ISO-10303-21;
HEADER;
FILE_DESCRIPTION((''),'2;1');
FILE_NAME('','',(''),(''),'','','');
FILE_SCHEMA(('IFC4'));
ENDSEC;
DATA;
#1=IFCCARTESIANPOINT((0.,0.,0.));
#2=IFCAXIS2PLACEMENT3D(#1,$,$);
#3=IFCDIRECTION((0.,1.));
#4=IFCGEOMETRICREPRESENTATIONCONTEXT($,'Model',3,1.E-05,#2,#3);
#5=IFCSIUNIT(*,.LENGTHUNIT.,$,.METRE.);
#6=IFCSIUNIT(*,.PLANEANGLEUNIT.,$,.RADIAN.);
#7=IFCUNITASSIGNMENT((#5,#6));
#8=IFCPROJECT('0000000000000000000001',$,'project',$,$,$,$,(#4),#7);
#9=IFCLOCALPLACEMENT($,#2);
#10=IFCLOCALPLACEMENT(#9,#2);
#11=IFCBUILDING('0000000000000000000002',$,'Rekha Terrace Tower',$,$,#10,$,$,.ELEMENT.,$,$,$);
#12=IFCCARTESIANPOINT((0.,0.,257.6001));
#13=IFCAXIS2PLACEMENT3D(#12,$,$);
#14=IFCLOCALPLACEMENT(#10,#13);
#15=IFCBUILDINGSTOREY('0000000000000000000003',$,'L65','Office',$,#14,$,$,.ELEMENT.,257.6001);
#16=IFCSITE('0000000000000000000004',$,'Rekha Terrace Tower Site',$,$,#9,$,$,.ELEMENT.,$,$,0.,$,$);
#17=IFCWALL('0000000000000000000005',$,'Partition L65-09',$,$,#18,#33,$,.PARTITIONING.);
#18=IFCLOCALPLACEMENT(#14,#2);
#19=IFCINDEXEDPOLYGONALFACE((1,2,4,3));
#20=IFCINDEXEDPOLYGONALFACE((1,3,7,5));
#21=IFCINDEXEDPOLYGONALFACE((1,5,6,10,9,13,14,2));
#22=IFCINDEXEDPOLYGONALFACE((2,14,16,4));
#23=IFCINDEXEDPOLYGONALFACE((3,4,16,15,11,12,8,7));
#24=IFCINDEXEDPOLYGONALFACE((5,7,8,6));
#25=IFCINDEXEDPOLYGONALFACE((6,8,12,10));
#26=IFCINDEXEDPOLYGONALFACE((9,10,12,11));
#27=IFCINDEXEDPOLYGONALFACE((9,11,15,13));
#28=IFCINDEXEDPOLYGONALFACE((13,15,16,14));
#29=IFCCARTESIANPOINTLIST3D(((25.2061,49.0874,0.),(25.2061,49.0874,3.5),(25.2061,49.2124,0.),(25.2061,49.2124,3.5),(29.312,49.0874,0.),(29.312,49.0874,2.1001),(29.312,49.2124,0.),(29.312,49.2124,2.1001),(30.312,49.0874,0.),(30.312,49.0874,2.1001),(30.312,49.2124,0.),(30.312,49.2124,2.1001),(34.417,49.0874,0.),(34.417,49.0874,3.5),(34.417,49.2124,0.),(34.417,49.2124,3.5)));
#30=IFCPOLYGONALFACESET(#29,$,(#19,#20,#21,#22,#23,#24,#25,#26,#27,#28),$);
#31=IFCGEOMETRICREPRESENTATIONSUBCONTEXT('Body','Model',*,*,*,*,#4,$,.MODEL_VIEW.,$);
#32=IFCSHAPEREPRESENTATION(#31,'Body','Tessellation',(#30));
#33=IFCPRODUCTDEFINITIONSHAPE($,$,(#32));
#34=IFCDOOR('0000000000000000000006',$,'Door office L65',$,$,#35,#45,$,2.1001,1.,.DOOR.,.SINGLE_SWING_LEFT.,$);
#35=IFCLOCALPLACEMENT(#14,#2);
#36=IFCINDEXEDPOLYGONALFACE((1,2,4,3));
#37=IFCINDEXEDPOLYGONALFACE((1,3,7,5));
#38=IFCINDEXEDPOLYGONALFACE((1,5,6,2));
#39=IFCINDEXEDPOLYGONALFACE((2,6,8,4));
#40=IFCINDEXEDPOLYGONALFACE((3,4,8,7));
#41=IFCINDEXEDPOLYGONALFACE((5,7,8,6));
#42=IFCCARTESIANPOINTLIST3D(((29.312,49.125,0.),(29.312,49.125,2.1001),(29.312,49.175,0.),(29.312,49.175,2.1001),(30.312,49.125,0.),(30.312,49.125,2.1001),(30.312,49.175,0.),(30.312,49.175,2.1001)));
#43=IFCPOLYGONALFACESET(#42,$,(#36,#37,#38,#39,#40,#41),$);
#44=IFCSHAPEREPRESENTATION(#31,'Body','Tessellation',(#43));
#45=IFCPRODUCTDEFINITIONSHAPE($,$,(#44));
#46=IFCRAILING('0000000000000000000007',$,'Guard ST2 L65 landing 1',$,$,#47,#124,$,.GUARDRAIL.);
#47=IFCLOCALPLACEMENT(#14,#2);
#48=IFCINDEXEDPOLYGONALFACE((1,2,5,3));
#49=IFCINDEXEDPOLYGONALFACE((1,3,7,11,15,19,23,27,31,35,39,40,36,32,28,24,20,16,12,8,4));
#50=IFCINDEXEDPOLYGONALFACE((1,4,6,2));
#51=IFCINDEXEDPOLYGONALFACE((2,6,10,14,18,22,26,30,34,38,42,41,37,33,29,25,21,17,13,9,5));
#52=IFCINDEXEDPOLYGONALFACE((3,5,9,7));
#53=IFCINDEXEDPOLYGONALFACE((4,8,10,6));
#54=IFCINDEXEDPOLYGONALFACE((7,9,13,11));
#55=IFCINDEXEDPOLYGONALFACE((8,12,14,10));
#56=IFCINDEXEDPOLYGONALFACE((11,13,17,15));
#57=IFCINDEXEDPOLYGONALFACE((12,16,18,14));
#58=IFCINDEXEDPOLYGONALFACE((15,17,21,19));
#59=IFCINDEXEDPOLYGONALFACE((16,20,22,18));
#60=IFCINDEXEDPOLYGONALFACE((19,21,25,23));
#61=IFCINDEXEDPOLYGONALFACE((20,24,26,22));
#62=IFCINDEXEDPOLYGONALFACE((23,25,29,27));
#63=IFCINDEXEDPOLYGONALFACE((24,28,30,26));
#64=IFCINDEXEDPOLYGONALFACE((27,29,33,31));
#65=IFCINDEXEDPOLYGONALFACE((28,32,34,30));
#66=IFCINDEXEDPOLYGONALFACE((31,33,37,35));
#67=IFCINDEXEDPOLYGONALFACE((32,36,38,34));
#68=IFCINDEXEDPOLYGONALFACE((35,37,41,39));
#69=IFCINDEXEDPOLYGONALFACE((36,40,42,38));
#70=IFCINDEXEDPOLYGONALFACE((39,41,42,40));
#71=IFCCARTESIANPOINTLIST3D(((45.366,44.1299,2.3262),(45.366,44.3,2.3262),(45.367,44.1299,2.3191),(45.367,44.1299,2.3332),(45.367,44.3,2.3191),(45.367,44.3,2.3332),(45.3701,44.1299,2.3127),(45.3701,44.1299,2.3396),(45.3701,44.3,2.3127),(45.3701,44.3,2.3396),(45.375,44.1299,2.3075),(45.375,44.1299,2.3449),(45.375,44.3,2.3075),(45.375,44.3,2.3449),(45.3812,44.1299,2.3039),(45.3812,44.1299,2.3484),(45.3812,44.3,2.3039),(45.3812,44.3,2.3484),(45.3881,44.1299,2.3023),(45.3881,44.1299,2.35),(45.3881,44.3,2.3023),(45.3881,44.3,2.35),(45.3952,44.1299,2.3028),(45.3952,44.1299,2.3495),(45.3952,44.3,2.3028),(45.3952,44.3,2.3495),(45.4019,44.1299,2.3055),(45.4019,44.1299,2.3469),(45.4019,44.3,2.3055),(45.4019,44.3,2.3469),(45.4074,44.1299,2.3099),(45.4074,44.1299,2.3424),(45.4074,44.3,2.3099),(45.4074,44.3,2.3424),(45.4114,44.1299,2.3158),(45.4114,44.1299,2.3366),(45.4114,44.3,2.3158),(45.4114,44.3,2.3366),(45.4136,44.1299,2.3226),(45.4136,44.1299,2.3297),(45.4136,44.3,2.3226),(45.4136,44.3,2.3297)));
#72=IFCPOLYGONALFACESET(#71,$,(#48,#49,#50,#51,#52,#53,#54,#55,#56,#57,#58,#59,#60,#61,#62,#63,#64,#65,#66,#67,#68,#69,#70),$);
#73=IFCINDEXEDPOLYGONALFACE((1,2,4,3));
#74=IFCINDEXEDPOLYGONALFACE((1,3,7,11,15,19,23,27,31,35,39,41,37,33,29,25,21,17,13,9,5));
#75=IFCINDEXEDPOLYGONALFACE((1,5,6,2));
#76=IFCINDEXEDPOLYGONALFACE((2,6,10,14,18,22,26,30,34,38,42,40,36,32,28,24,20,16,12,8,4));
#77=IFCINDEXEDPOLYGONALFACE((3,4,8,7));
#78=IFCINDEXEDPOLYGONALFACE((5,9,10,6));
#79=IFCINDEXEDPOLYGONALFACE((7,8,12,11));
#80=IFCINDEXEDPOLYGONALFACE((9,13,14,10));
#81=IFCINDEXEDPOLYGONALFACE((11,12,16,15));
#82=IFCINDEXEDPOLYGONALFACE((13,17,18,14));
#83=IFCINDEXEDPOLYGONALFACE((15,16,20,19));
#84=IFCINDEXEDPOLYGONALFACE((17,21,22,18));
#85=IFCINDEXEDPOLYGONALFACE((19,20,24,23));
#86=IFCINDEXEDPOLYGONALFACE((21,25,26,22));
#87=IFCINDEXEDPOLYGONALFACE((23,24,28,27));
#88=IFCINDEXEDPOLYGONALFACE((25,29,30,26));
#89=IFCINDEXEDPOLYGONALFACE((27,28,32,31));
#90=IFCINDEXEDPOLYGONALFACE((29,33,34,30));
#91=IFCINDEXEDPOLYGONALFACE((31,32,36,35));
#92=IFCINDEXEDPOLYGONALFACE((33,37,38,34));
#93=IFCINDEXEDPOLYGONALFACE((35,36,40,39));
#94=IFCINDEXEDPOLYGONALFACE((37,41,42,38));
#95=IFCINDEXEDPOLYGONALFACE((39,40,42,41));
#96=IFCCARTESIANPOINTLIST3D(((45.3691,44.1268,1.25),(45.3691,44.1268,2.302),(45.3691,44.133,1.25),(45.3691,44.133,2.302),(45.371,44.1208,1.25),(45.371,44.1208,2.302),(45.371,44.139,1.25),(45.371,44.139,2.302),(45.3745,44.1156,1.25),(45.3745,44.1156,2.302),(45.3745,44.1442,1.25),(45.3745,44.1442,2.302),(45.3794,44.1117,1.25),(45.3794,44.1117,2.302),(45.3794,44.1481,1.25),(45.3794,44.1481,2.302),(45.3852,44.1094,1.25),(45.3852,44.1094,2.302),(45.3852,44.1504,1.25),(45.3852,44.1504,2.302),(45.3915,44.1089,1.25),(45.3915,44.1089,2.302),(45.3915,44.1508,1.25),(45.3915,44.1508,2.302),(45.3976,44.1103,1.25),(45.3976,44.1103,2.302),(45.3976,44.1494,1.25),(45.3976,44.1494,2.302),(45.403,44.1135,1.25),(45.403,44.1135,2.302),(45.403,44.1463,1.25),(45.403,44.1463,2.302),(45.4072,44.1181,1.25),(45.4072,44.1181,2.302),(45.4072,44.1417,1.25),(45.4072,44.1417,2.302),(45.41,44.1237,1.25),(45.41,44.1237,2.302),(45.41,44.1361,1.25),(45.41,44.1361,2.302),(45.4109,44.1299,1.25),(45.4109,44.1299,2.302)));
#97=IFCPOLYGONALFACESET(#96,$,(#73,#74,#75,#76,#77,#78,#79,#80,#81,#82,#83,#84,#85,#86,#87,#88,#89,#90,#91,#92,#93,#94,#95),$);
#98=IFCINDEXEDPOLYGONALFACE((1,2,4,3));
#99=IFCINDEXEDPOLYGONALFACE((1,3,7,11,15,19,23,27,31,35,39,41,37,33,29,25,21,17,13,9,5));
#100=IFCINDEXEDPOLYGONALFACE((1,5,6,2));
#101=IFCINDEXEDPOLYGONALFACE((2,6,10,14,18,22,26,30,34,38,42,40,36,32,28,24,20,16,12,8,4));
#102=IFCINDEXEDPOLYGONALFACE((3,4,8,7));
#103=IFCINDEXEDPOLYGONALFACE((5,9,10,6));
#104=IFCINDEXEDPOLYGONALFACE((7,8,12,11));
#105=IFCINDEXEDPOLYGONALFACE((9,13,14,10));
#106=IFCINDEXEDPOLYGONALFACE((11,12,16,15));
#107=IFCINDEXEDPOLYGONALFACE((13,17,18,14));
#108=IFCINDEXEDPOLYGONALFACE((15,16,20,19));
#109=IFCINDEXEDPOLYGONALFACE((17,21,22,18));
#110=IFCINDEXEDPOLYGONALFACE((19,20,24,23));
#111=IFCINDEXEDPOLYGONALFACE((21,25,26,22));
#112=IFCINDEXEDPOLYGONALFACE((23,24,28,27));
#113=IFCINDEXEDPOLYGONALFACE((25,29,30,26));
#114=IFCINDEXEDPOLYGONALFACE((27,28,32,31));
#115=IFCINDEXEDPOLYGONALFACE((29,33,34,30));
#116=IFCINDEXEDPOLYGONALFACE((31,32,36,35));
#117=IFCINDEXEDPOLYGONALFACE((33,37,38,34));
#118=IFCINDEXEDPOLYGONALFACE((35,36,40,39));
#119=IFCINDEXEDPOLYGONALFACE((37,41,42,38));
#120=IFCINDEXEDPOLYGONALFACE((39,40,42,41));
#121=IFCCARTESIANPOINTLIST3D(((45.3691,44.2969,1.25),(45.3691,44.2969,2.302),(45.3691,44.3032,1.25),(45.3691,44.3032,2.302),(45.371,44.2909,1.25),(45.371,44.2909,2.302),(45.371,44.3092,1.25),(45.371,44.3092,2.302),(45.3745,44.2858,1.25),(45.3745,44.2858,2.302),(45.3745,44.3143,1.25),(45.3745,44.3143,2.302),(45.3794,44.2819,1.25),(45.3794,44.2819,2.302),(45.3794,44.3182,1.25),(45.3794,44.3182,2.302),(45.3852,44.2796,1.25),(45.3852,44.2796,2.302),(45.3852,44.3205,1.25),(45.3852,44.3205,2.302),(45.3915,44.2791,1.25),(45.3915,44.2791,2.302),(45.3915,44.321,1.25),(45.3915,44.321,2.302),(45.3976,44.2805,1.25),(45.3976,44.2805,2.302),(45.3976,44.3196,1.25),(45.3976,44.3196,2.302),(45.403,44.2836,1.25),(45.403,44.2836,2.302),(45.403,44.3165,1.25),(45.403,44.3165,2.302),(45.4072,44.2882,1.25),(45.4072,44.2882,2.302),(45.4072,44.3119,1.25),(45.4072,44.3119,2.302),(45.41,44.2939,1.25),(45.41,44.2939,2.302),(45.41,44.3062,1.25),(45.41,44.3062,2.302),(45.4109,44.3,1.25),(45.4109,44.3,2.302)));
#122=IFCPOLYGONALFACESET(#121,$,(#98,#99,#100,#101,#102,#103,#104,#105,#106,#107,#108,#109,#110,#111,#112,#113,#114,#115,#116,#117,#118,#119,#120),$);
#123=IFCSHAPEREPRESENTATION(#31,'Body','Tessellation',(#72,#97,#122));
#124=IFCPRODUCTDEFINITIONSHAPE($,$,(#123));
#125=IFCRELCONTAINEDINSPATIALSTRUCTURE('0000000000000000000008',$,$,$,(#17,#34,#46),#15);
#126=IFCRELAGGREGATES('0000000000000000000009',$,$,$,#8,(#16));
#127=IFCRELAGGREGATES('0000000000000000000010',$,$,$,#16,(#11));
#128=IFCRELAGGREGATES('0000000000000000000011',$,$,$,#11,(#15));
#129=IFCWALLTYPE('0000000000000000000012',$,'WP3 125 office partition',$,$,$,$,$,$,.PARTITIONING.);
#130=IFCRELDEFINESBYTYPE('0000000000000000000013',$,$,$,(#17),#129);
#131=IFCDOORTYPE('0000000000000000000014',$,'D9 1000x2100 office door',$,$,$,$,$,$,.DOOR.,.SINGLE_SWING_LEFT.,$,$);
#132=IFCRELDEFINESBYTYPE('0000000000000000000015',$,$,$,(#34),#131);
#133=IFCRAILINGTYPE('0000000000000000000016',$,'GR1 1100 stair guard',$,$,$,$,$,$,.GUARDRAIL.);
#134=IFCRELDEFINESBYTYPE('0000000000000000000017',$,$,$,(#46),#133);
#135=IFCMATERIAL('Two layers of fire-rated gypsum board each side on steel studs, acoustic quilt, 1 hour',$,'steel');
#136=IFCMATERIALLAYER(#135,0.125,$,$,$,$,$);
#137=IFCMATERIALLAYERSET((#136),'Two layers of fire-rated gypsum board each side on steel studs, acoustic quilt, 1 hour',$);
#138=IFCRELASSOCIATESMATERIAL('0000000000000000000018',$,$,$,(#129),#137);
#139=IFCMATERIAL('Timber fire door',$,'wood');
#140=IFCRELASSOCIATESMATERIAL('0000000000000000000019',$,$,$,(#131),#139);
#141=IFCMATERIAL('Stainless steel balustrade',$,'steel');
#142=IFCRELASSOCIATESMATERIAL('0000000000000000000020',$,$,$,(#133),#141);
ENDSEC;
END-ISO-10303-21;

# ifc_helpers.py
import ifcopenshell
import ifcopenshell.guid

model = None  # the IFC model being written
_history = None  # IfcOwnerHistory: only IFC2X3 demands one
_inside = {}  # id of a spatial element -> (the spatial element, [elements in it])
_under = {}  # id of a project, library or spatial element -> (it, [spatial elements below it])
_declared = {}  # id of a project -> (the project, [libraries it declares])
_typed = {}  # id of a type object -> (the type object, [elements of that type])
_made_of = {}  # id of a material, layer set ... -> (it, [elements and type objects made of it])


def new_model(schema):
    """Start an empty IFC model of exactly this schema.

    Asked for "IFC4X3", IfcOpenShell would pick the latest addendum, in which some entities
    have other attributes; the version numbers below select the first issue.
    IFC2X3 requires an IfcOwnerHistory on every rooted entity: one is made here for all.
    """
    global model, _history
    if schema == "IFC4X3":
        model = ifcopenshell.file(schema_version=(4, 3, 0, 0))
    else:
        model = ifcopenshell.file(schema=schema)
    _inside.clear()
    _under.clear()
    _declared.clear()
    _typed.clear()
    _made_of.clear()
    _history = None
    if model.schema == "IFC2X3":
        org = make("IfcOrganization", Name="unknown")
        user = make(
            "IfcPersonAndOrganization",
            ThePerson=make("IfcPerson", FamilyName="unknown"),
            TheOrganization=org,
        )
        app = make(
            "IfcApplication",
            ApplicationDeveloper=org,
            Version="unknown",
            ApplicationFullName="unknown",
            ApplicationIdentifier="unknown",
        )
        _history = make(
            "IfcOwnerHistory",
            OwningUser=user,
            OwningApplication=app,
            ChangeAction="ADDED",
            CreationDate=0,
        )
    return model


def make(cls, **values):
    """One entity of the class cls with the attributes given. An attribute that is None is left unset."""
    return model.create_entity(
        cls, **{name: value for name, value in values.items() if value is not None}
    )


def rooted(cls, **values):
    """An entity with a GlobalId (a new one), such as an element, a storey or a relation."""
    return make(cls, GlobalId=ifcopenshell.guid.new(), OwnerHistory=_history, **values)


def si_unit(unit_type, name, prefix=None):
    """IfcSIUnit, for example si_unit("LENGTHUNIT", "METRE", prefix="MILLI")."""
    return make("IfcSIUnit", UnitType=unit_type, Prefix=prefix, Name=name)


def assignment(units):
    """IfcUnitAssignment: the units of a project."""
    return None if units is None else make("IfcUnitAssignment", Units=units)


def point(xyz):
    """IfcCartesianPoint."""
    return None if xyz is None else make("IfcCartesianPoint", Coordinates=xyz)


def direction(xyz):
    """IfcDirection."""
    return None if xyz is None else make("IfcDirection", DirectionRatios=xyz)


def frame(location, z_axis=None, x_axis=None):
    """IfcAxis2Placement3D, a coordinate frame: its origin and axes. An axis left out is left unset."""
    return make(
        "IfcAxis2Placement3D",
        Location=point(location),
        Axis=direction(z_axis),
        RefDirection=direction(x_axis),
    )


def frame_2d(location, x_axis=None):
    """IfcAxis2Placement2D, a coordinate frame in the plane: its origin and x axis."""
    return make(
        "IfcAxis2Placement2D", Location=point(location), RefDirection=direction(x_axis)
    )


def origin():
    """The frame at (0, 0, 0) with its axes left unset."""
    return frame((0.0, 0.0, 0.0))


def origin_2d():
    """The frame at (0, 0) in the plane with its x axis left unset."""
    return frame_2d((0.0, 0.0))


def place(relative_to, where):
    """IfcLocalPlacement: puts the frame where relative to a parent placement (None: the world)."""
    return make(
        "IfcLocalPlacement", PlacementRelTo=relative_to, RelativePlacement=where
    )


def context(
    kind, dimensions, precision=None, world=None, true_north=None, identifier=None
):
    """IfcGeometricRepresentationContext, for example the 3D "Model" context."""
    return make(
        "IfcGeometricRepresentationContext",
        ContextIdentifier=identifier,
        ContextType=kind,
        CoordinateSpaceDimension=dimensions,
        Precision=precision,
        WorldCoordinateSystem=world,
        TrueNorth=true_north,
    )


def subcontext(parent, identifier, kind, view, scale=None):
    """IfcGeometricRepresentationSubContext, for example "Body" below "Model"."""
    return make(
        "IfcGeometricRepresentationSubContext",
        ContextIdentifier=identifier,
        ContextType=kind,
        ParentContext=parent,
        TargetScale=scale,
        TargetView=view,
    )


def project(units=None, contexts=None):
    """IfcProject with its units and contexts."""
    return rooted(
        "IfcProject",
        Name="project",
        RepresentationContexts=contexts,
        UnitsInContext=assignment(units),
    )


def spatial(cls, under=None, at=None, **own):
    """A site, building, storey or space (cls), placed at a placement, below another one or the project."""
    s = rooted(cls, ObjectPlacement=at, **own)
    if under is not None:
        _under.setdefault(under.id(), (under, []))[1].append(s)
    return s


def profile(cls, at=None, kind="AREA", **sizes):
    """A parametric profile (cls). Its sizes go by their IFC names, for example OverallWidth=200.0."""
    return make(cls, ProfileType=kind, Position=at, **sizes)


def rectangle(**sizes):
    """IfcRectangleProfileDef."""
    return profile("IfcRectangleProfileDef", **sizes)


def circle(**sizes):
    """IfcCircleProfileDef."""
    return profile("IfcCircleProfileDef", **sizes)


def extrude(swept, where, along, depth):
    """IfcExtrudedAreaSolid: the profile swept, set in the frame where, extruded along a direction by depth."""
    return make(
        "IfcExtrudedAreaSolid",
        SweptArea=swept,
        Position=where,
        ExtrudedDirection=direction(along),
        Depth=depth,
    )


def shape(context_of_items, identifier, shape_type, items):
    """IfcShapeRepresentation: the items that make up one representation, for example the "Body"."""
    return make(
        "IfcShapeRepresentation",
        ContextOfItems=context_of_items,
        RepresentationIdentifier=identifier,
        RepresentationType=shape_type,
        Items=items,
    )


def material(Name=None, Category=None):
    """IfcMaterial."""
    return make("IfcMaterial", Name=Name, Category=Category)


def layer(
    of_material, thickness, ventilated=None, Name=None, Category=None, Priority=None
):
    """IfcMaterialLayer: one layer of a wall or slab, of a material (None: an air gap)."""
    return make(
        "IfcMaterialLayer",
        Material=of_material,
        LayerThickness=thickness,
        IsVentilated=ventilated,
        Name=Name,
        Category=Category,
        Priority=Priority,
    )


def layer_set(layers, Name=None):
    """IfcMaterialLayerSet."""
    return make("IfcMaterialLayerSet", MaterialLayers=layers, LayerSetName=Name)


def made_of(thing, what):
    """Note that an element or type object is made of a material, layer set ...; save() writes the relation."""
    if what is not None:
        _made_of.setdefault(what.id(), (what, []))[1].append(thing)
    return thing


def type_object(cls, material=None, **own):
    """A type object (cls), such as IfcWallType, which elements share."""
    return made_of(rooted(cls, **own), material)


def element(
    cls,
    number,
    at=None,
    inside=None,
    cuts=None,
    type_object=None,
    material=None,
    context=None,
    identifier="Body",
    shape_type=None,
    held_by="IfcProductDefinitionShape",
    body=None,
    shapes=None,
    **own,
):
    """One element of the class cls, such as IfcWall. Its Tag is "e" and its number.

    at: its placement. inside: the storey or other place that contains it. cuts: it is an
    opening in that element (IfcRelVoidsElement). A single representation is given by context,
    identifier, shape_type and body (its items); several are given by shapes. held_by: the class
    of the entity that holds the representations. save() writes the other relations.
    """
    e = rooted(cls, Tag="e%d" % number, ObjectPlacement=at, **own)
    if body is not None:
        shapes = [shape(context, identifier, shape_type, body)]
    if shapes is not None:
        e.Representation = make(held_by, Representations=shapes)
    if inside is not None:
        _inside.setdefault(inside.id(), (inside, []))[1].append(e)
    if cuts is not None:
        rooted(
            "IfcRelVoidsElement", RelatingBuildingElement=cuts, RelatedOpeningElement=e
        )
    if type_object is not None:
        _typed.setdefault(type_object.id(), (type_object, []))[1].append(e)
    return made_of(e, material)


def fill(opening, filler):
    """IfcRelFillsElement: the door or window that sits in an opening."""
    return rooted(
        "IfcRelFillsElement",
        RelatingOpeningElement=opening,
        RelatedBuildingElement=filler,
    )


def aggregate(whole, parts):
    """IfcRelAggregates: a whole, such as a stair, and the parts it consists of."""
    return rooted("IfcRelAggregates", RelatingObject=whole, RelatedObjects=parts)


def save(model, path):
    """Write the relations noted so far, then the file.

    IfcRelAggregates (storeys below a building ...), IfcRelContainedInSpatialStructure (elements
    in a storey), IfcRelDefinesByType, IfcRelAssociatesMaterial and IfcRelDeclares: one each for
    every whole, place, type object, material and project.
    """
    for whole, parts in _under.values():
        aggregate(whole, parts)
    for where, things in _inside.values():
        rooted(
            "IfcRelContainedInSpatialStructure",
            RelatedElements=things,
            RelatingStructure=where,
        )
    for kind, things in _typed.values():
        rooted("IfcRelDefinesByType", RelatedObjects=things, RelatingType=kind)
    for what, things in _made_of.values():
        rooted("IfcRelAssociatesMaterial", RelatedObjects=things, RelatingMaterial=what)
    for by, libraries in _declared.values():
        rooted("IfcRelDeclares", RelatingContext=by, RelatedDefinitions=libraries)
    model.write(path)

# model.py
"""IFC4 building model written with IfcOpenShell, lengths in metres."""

from ifc_helpers import new_model, si_unit, direction, frame, frame_2d, origin, origin_2d, place, context, subcontext, project, spatial, rectangle, circle, extrude, material, layer, layer_set, type_object, element, fill, save


model = new_model("IFC4")

# Units and contexts
model_context = context("Model", 3, precision=1e-05, world=origin(), true_north=direction((0.0, 1.0)))
body_context = subcontext(model_context, "Body", "Model", "MODEL_VIEW")
ifc_project = project(units=[si_unit("LENGTHUNIT", "METRE"), si_unit("PLANEANGLEUNIT", "RADIAN")], contexts=[model_context])

# Site, building, storey
site_placement = place(None, origin())
site = spatial("IfcSite", under=ifc_project, at=site_placement, Name="Rekha Terrace Tower Site", CompositionType="ELEMENT", RefElevation=0.0)
building_placement = place(site_placement, origin())
building = spatial("IfcBuilding", under=site, at=building_placement, Name="Rekha Terrace Tower", CompositionType="ELEMENT")
storey_placement = place(building_placement, frame((0.0, 0.0, 257.6001)))
storey = spatial("IfcBuildingStorey", under=building, at=storey_placement, Name="L65", Description="Office", CompositionType="ELEMENT", Elevation=257.6001)

# Shared definitions
ifc_material_1 = material(Name="Two layers of fire-rated gypsum board each side on steel studs, acoustic quilt, 1 hour", Category="steel")
ifc_layer_1 = layer(ifc_material_1, 0.125)
ifc_layer_set_1 = layer_set([ifc_layer_1], Name="Two layers of fire-rated gypsum board each side on steel studs, acoustic quilt, 1 hour")
wall_type_1 = type_object("IfcWallType", Name="WP3 125 office partition", PredefinedType="PARTITIONING", material=ifc_layer_set_1)

# Shared definitions
ifc_material_2 = material(Name="Timber fire door", Category="wood")
door_type = type_object("IfcDoorType", Name="D9 1000x2100 office door", OperationType="SINGLE_SWING_LEFT", PredefinedType="DOOR", material=ifc_material_2)

# Wall, opening, door
wall_1_placement = place(storey_placement, frame((34.417, 49.1499, 0.0), z_axis=(0.0, 0.0, 1.0), x_axis=(-1.0, 0.0, 0.0)))
wall_1 = element("IfcWall", 1, at=wall_1_placement, inside=storey, type_object=wall_type_1, Name="Partition L65-09", PredefinedType="PARTITIONING", context=body_context, shape_type="SweptSolid", body=[
    extrude(rectangle(XDim=9.2109, YDim=0.125, at=frame_2d((4.6055, 0.0))), origin(), (0.0, 0.0, 1.0), 3.5),
])
opening_1_placement = place(wall_1_placement, frame((4.105, 0.0, 0.0)))
opening_1 = element("IfcOpeningElement", 2, at=opening_1_placement, cuts=wall_1, PredefinedType="OPENING", context=body_context, shape_type="SweptSolid", body=[
    extrude(rectangle(XDim=1.0, YDim=2.1001, at=frame_2d((0.5, 1.05))), frame((0.0, 0.0725, 0.0), z_axis=(0.0, -1.0, 0.0), x_axis=(1.0, 0.0, 0.0)), (0.0, 0.0, 1.0), 0.145),
])
door_1_placement = place(opening_1_placement, origin())
door_1 = element("IfcDoor", 3, at=door_1_placement, inside=storey, type_object=door_type, Name="Door office L65", OperationType="SINGLE_SWING_LEFT", OverallHeight=2.1001, OverallWidth=1.0, PredefinedType="DOOR", context=body_context, shape_type="SweptSolid", body=[
    extrude(rectangle(XDim=1.0, YDim=2.1001, at=frame_2d((0.5, 1.05))), frame((0.0, 0.0249, 0.0), z_axis=(0.0, -1.0, 0.0), x_axis=(1.0, 0.0, 0.0)), (0.0, 0.0, 1.0), 0.05),
])
fill(opening_1, door_1)

# Railing
ifc_material_3 = material(Name="Stainless steel balustrade", Category="steel")
railing_type = type_object("IfcRailingType", Name="GR1 1100 stair guard", PredefinedType="GUARDRAIL", material=ifc_material_3)
railing_placement = place(storey_placement, frame((45.3899, 44.1299, 1.25)))
element("IfcRailing", 4, at=railing_placement, inside=storey, type_object=railing_type, Name="Guard ST2 L65 landing 1", PredefinedType="GUARDRAIL", context=body_context, shape_type="SweptSolid", body=[
    extrude(circle(Radius=0.0239, at=origin_2d()), frame((0.0, 0.0, 1.0762), z_axis=(0.0, 1.0, 0.0), x_axis=(-1.0, 0.0, 0.0)), (0.0, 0.0, 1.0), 0.1702),
    extrude(circle(Radius=0.021, at=origin_2d()), origin(), (0.0, 0.0, 1.0), 1.052),
    extrude(circle(Radius=0.021, at=origin_2d()), frame((0.0, 0.1702, 0.0)), (0.0, 0.0, 1.0), 1.052),
])

save(model, "model.ifc")
